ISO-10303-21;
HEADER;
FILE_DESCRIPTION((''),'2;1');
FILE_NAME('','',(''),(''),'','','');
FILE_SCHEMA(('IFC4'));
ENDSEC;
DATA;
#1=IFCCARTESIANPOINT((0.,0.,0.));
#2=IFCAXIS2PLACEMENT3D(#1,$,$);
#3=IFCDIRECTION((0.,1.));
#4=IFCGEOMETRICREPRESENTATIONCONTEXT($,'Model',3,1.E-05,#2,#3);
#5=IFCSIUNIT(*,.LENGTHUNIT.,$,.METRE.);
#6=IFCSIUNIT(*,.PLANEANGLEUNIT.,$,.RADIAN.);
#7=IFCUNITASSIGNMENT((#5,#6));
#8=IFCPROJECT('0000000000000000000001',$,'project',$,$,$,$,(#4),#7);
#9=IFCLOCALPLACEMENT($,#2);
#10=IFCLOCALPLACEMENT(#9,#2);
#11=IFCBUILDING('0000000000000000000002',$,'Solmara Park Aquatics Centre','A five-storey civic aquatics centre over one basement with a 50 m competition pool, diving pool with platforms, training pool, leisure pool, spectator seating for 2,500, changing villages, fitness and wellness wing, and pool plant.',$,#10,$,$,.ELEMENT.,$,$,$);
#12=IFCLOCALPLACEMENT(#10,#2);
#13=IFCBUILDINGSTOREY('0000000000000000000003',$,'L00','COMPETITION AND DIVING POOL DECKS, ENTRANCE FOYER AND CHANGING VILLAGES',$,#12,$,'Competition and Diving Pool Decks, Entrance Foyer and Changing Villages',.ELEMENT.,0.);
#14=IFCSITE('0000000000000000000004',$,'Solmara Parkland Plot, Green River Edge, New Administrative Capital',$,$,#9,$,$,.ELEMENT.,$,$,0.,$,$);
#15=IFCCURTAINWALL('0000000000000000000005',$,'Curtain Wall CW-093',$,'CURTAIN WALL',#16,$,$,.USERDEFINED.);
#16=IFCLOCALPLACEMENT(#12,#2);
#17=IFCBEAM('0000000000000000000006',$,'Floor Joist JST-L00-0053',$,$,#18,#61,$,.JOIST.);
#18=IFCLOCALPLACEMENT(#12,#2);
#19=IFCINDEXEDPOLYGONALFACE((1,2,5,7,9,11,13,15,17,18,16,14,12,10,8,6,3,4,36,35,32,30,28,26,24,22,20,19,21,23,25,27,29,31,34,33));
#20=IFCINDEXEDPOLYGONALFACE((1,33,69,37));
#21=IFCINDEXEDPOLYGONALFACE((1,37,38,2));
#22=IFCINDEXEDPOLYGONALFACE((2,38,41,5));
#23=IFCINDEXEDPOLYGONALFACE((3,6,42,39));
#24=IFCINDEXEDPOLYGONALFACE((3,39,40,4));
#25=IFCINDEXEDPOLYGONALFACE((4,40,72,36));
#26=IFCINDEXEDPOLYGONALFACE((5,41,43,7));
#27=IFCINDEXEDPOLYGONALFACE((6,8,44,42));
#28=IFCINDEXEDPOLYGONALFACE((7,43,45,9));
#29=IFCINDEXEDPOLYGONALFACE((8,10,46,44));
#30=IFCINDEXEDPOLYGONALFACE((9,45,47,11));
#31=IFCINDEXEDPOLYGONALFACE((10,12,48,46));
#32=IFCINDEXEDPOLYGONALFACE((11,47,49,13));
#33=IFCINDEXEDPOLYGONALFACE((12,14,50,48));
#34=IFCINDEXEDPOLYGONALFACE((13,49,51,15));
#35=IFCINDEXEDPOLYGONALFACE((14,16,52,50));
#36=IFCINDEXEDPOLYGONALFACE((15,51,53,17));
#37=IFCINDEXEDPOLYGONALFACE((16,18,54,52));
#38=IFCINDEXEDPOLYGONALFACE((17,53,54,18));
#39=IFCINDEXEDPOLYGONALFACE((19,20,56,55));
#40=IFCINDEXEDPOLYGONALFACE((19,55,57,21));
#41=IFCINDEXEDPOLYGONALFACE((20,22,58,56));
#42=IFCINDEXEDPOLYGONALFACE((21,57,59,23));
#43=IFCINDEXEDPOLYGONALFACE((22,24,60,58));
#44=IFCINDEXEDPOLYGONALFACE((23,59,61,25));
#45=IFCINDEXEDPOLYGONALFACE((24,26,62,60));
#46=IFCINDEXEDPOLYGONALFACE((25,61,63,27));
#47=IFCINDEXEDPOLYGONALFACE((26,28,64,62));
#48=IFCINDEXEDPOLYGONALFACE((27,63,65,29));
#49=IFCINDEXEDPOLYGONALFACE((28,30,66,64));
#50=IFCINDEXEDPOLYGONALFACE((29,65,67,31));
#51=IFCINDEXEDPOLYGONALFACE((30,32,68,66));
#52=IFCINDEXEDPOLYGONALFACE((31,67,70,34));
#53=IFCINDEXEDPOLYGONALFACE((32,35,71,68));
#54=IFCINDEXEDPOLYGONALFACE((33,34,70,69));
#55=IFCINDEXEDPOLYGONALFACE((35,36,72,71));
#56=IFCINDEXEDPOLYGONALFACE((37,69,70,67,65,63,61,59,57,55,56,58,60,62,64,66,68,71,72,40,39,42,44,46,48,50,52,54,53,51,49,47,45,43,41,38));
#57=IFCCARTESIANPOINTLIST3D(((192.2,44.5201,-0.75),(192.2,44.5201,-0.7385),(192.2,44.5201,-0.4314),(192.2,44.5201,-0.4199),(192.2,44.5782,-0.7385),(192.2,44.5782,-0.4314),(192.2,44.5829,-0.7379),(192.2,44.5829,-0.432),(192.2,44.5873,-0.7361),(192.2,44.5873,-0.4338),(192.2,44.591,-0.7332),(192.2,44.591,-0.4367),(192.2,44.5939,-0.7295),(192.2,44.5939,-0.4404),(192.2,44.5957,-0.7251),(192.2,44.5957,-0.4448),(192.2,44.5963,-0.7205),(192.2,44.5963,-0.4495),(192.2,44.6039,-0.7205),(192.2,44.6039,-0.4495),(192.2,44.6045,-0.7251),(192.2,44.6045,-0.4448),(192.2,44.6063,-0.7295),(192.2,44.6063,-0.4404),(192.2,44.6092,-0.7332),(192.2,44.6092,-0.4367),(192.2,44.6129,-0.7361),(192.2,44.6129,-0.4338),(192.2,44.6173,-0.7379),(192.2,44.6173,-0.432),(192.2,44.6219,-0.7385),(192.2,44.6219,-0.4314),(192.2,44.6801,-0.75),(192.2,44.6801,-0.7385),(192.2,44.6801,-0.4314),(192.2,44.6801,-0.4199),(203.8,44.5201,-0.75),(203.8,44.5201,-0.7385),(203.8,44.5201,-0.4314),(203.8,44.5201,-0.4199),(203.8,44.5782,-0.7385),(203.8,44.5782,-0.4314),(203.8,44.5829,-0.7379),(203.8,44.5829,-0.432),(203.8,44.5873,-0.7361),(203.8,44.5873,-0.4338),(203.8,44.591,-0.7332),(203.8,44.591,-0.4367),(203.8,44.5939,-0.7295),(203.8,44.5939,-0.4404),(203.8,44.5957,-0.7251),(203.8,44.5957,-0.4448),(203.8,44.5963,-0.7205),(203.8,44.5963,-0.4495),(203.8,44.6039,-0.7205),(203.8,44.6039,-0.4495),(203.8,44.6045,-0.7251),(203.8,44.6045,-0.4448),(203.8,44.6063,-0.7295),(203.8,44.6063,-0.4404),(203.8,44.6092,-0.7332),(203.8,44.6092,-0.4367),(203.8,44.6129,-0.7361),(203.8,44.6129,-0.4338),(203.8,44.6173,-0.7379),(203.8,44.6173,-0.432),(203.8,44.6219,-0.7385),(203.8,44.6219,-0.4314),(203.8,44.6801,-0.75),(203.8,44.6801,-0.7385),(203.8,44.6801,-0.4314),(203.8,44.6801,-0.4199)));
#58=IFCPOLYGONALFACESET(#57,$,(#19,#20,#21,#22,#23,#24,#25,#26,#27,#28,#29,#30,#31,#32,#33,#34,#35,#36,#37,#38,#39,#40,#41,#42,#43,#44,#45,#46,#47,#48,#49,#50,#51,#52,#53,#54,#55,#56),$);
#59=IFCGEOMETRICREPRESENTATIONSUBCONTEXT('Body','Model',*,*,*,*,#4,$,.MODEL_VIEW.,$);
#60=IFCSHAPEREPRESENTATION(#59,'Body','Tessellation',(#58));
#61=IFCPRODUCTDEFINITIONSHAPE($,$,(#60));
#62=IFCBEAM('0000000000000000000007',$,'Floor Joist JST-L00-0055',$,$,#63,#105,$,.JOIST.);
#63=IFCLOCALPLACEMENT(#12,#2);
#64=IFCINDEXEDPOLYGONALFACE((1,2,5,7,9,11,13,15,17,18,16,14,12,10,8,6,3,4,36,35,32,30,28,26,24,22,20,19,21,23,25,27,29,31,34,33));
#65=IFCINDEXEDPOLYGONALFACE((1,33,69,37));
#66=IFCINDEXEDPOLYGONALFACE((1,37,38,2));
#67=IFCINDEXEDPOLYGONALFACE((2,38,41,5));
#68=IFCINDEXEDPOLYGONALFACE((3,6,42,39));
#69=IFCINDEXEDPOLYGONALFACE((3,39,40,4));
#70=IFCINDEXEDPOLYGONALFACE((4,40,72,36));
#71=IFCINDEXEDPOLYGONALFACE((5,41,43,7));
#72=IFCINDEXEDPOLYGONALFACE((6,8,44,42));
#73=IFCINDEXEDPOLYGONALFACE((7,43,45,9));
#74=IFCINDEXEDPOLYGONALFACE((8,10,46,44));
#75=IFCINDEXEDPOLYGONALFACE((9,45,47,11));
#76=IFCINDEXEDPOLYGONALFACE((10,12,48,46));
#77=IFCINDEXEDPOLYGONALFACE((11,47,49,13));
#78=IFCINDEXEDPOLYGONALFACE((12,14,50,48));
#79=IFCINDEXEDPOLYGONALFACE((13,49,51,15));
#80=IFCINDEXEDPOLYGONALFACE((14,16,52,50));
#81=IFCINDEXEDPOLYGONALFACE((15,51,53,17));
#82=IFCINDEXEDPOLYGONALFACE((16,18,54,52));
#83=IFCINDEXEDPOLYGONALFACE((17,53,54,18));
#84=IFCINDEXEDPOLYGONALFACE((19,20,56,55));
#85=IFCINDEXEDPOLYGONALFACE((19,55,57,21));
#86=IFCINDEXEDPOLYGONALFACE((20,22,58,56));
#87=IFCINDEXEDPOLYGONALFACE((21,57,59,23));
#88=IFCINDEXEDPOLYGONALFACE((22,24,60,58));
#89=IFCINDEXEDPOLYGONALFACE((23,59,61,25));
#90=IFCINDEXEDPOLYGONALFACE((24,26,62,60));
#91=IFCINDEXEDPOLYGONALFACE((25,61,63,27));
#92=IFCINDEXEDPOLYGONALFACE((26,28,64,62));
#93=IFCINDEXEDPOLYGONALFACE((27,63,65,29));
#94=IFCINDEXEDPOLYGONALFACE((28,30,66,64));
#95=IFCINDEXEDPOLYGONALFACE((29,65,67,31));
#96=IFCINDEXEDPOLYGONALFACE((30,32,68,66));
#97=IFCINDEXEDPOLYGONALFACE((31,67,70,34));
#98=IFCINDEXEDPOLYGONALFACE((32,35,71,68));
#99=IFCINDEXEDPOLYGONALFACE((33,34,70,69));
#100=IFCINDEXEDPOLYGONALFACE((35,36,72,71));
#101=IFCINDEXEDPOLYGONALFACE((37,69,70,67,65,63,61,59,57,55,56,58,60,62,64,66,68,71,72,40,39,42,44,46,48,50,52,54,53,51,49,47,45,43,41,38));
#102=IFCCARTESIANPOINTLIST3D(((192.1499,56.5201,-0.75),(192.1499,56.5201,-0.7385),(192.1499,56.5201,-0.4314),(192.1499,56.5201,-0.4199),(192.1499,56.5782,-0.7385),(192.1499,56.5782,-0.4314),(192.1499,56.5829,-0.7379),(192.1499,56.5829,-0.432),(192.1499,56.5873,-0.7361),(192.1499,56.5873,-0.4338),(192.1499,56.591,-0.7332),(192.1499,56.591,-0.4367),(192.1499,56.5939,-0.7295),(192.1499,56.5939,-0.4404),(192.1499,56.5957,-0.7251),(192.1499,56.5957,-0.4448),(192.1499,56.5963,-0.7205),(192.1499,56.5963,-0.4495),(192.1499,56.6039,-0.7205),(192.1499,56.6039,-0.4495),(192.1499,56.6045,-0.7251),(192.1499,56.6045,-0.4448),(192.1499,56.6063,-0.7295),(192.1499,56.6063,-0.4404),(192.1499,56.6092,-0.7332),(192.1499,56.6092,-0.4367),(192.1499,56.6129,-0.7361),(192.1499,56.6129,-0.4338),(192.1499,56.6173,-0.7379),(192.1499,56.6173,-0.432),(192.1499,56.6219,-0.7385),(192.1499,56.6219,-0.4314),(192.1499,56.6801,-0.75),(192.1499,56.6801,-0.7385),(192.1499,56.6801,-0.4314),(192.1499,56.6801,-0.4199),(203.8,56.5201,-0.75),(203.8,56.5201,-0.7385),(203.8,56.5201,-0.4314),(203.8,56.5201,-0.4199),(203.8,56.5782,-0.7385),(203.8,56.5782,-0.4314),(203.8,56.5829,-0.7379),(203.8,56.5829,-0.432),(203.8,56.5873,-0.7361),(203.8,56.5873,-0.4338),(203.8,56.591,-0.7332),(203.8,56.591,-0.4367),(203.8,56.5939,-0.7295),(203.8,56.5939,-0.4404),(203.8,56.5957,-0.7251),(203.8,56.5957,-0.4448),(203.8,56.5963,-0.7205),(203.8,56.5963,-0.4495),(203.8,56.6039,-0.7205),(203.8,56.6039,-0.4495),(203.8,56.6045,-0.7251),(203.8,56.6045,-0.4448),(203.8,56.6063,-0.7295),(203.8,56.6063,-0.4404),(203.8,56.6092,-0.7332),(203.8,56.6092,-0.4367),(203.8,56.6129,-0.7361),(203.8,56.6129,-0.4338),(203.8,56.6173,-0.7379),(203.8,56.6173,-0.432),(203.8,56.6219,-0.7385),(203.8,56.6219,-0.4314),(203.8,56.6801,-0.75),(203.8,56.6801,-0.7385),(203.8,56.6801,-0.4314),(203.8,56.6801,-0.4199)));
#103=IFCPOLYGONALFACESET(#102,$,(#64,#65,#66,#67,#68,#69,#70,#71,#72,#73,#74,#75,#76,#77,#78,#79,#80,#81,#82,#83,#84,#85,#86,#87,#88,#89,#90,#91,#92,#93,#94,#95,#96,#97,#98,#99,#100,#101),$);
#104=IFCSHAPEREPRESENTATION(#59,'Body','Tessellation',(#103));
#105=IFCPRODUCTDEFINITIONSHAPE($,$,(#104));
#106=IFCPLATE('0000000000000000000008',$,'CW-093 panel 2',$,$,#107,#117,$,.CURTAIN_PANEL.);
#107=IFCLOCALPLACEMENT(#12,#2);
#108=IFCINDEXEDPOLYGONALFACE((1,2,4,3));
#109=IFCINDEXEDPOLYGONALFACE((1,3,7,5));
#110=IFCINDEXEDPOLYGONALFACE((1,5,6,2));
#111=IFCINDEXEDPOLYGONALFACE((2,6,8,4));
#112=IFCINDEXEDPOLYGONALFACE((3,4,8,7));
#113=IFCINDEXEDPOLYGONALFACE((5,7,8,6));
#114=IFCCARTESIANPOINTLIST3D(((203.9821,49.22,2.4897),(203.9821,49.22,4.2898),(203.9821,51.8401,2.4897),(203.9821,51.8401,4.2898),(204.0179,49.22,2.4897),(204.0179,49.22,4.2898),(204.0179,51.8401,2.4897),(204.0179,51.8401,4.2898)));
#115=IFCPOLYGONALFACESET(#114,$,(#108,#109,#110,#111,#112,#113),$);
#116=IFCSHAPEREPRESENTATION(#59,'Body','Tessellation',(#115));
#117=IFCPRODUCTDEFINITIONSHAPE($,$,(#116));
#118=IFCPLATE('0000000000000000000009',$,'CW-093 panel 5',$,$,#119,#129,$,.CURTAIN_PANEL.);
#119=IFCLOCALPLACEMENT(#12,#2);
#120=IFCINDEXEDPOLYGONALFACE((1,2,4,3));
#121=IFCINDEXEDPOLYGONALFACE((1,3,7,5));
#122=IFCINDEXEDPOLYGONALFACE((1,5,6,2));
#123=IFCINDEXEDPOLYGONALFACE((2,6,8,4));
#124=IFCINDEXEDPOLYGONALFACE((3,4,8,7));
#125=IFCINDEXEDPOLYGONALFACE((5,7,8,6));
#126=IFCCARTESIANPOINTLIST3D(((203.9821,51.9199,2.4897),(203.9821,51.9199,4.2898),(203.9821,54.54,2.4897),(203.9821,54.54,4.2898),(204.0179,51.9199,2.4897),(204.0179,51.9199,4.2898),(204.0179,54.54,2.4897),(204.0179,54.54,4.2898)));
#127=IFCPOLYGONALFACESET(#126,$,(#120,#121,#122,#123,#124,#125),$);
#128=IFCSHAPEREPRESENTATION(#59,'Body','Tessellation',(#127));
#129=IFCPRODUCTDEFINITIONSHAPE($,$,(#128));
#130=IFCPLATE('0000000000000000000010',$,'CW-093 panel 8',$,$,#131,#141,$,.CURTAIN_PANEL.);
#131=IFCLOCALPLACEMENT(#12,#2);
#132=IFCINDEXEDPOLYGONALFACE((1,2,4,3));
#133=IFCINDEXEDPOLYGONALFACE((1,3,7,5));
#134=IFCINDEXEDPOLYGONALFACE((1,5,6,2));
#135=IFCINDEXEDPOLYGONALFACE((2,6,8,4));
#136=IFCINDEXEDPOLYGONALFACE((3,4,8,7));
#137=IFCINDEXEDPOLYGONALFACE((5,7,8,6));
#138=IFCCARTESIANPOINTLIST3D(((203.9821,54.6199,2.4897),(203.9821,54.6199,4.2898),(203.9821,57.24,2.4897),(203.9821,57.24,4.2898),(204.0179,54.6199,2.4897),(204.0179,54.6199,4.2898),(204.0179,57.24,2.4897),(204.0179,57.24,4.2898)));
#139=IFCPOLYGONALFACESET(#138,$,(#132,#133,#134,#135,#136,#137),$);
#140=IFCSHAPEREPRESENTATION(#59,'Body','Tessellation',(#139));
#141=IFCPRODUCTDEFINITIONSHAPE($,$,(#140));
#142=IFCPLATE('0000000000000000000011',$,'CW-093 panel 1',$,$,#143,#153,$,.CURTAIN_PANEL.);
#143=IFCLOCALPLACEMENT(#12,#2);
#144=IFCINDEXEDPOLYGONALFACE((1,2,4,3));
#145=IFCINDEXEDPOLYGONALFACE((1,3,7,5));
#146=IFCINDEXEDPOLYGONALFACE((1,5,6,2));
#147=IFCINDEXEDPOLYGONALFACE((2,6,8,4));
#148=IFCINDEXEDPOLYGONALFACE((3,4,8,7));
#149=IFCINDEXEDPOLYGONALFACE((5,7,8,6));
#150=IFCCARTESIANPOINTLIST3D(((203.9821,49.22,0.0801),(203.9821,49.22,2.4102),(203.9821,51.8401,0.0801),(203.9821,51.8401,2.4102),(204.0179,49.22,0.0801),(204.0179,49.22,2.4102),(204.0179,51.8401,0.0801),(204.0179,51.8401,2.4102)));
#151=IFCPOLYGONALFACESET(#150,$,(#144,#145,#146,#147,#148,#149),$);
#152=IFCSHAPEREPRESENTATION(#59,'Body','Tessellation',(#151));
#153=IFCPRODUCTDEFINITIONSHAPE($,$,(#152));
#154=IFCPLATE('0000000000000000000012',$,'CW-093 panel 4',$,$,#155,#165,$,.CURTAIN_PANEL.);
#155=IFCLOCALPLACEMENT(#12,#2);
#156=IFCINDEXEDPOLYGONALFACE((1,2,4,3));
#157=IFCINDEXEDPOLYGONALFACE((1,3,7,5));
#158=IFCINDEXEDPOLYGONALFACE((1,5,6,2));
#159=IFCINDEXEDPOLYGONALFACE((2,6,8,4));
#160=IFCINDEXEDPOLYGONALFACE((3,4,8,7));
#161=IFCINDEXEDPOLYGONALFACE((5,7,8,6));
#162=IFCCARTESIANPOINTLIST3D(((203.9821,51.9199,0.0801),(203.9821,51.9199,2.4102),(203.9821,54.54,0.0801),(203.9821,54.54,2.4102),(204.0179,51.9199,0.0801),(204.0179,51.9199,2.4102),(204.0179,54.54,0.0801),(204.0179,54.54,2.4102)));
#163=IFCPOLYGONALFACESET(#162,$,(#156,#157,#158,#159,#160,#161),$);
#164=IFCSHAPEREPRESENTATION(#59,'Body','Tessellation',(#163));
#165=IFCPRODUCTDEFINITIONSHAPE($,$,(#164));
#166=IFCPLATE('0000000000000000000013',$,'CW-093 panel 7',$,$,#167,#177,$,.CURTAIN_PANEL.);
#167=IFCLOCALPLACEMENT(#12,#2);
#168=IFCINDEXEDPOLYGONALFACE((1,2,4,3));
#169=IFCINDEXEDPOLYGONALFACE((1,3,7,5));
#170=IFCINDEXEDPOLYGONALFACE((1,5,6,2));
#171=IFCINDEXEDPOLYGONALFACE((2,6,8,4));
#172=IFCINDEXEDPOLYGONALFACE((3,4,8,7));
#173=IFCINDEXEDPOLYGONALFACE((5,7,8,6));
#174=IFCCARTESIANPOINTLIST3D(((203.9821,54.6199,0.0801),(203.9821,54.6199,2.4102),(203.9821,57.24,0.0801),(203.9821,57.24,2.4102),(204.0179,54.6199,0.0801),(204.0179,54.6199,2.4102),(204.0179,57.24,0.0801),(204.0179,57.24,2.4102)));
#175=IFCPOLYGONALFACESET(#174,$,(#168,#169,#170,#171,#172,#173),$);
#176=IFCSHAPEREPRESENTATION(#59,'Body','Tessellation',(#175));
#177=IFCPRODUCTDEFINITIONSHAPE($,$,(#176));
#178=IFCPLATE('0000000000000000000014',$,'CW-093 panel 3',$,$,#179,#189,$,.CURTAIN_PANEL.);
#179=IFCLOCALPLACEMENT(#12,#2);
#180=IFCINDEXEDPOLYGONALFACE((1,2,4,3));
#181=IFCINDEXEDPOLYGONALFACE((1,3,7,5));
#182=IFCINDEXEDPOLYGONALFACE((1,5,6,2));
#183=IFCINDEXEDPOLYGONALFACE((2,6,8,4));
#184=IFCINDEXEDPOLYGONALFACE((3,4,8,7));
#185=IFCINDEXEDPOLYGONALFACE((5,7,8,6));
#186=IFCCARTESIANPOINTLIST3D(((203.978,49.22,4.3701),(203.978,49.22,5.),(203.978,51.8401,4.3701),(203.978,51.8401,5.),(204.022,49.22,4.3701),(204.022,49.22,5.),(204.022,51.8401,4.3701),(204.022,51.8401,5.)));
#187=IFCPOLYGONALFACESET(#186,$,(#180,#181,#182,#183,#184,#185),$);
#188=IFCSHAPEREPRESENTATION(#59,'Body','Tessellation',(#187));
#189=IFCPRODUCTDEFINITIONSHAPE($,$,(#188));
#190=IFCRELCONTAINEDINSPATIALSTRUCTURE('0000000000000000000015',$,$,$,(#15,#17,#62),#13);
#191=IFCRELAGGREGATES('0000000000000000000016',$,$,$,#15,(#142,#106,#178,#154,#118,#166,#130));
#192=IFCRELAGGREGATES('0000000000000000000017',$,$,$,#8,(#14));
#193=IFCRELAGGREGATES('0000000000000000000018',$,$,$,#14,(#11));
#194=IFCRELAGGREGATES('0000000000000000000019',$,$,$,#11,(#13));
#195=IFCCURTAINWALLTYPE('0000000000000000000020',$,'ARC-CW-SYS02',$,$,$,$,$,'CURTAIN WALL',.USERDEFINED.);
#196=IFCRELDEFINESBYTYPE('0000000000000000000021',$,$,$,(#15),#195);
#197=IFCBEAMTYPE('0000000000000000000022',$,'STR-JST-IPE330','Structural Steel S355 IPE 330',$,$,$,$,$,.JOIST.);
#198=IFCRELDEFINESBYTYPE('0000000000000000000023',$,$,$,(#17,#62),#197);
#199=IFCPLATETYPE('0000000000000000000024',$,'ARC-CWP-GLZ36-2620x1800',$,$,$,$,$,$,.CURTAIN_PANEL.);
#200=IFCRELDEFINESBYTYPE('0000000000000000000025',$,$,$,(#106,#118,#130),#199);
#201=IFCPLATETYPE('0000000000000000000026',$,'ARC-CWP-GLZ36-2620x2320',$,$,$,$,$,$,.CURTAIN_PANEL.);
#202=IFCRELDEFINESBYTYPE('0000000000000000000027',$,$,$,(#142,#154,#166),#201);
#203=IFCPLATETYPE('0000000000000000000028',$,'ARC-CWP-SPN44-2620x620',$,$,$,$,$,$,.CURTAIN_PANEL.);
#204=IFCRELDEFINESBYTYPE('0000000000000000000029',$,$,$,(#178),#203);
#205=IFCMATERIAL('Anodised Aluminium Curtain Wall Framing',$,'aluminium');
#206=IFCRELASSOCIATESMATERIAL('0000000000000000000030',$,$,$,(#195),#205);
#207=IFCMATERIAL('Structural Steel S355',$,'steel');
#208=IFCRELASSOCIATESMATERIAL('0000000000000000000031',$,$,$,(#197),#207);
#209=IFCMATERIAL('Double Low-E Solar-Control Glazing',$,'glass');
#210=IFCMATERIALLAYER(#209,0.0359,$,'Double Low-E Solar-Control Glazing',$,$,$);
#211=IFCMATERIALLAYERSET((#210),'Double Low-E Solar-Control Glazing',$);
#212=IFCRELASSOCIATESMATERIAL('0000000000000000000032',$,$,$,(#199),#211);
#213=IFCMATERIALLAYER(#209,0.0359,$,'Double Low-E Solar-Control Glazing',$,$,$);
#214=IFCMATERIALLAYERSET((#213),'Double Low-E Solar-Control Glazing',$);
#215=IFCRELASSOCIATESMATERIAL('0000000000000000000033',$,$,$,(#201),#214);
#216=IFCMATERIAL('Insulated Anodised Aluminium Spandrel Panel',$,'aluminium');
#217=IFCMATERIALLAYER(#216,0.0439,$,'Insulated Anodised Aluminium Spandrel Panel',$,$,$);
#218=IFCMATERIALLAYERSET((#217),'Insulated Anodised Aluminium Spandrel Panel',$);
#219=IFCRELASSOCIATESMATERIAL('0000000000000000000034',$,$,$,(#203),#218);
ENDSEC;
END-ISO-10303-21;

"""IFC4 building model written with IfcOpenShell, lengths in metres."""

from ifc_helpers import new_model, si_unit, direction, frame, origin, origin_2d, place, context, subcontext, project, spatial, rectangle, i_section, extrude, material, layer, layer_set, material_profile, profile_set, type_object, element, aggregate, save


model = new_model("IFC4")

# Units and contexts
model_context = context("Model", 3, precision=1e-05, world=origin(), true_north=direction((0.0, 1.0)))
body_context = subcontext(model_context, "Body", "Model", "MODEL_VIEW")
ifc_project = project(units=[si_unit("LENGTHUNIT", "METRE"), si_unit("PLANEANGLEUNIT", "RADIAN")], contexts=[model_context])

# Site, building, storey
site_placement = place(None, origin())
site = spatial("IfcSite", under=ifc_project, at=site_placement, Name="Solmara Parkland Plot, Green River Edge, New Administrative Capital", CompositionType="ELEMENT", RefElevation=0.0)
building_placement = place(site_placement, origin())
building = spatial("IfcBuilding", under=site, at=building_placement, Name="Solmara Park Aquatics Centre", Description="A five-storey civic aquatics centre over one basement with a 50 m competition pool, diving pool with platforms, training pool, leisure pool, spectator seating for 2,500, changing villages, fitness and wellness wing, and pool plant.", CompositionType="ELEMENT")
storey_placement = place(building_placement, origin())
storey = spatial("IfcBuildingStorey", under=building, at=storey_placement, Name="L00", Description="COMPETITION AND DIVING POOL DECKS, ENTRANCE FOYER AND CHANGING VILLAGES", LongName="Competition and Diving Pool Decks, Entrance Foyer and Changing Villages", CompositionType="ELEMENT", Elevation=0.0)

# Curtain wall
ifc_material_1 = material(Name="Anodised Aluminium Curtain Wall Framing", Category="aluminium")
curtain_wall_type = type_object("IfcCurtainWallType", Name="ARC-CW-SYS02", ElementType="CURTAIN WALL", PredefinedType="USERDEFINED", material=ifc_material_1)
curtain_wall_placement = place(storey_placement, origin())
curtain_wall = element("IfcCurtainWall", 1, at=curtain_wall_placement, inside=storey, type_object=curtain_wall_type, Name="Curtain Wall CW-093", ObjectType="CURTAIN WALL", PredefinedType="USERDEFINED")

# Beams
ifc_material_2 = material(Name="Structural Steel S355", Category="steel")
ifc_material_profile_1 = material_profile(ifc_material_2, i_section(OverallWidth=0.1599, OverallDepth=0.3301, WebThickness=0.0076, FlangeThickness=0.0115, FilletRadius=0.0181, at=origin_2d()), Name="IPE 330")
ifc_profile_set_1 = profile_set([ifc_material_profile_1], Name="Structural Steel S355")
beam_type_1 = type_object("IfcBeamType", Name="STR-JST-IPE330", Description="Structural Steel S355 IPE 330", PredefinedType="JOIST", material=ifc_profile_set_1)
beam_1_placement = place(storey_placement, frame((192.2, 44.6001, -0.585), z_axis=(1.0, 0.0, 0.0), x_axis=(0.0, 1.0, 0.0)))
element("IfcBeam", 2, at=beam_1_placement, inside=storey, type_object=beam_type_1, Name="Floor Joist JST-L00-0053", PredefinedType="JOIST", context=body_context, shape_type="SweptSolid", body=[
    extrude(i_section(OverallWidth=0.1599, OverallDepth=0.3301, WebThickness=0.0076, FlangeThickness=0.0115, FilletRadius=0.0181, at=origin_2d()), origin(), (0.0, 0.0, 1.0), 11.6001),
])
beam_2_placement = place(storey_placement, frame((192.1499, 56.6001, -0.585), z_axis=(1.0, 0.0, 0.0), x_axis=(0.0, 1.0, 0.0)))
element("IfcBeam", 3, at=beam_2_placement, inside=storey, type_object=beam_type_1, Name="Floor Joist JST-L00-0055", PredefinedType="JOIST", context=body_context, shape_type="SweptSolid", body=[
    extrude(i_section(OverallWidth=0.1599, OverallDepth=0.3301, WebThickness=0.0076, FlangeThickness=0.0115, FilletRadius=0.0181, at=origin_2d()), origin(), (0.0, 0.0, 1.0), 11.6501),
])

# Plates
ifc_material_3 = material(Name="Double Low-E Solar-Control Glazing", Category="glass")
ifc_layer_1 = layer(ifc_material_3, 0.0359, Name="Double Low-E Solar-Control Glazing")
ifc_layer_set_1 = layer_set([ifc_layer_1], Name="Double Low-E Solar-Control Glazing")
plate_type_1 = type_object("IfcPlateType", Name="ARC-CWP-GLZ36-2620x1800", PredefinedType="CURTAIN_PANEL", material=ifc_layer_set_1)
plate_1_placement = place(storey_placement, frame((204.0, 50.53, 2.4897), z_axis=(0.0, 0.0, 1.0), x_axis=(0.0, 1.0, 0.0)))
plate_1 = element("IfcPlate", 4, at=plate_1_placement, type_object=plate_type_1, Name="CW-093 panel 2", PredefinedType="CURTAIN_PANEL", context=body_context, shape_type="SweptSolid", body=[
    extrude(rectangle(XDim=2.6201, YDim=0.0359, at=origin_2d()), origin(), (0.0, 0.0, 1.0), 1.8),
])
plate_2_placement = place(storey_placement, frame((204.0, 53.23, 2.4897), z_axis=(0.0, 0.0, 1.0), x_axis=(0.0, 1.0, 0.0)))
plate_2 = element("IfcPlate", 5, at=plate_2_placement, type_object=plate_type_1, Name="CW-093 panel 5", PredefinedType="CURTAIN_PANEL", context=body_context, shape_type="SweptSolid", body=[
    extrude(rectangle(XDim=2.6201, YDim=0.0359, at=origin_2d()), origin(), (0.0, 0.0, 1.0), 1.8),
])
plate_3_placement = place(storey_placement, frame((204.0, 55.9299, 2.4897), z_axis=(0.0, 0.0, 1.0), x_axis=(0.0, 1.0, 0.0)))
plate_3 = element("IfcPlate", 6, at=plate_3_placement, type_object=plate_type_1, Name="CW-093 panel 8", PredefinedType="CURTAIN_PANEL", context=body_context, shape_type="SweptSolid", body=[
    extrude(rectangle(XDim=2.6201, YDim=0.0359, at=origin_2d()), origin(), (0.0, 0.0, 1.0), 1.8),
])
ifc_layer_2 = layer(ifc_material_3, 0.0359, Name="Double Low-E Solar-Control Glazing")
ifc_layer_set_2 = layer_set([ifc_layer_2], Name="Double Low-E Solar-Control Glazing")
plate_type_2 = type_object("IfcPlateType", Name="ARC-CWP-GLZ36-2620x2320", PredefinedType="CURTAIN_PANEL", material=ifc_layer_set_2)
plate_4_placement = place(storey_placement, frame((204.0, 50.53, 0.0801), z_axis=(0.0, 0.0, 1.0), x_axis=(0.0, 1.0, 0.0)))
plate_4 = element("IfcPlate", 7, at=plate_4_placement, type_object=plate_type_2, Name="CW-093 panel 1", PredefinedType="CURTAIN_PANEL", context=body_context, shape_type="SweptSolid", body=[
    extrude(rectangle(XDim=2.6201, YDim=0.0359, at=origin_2d()), origin(), (0.0, 0.0, 1.0), 2.3301),
])
plate_5_placement = place(storey_placement, frame((204.0, 53.23, 0.0801), z_axis=(0.0, 0.0, 1.0), x_axis=(0.0, 1.0, 0.0)))
plate_5 = element("IfcPlate", 8, at=plate_5_placement, type_object=plate_type_2, Name="CW-093 panel 4", PredefinedType="CURTAIN_PANEL", context=body_context, shape_type="SweptSolid", body=[
    extrude(rectangle(XDim=2.6201, YDim=0.0359, at=origin_2d()), origin(), (0.0, 0.0, 1.0), 2.3301),
])
plate_6_placement = place(storey_placement, frame((204.0, 55.9299, 0.0801), z_axis=(0.0, 0.0, 1.0), x_axis=(0.0, 1.0, 0.0)))
plate_6 = element("IfcPlate", 9, at=plate_6_placement, type_object=plate_type_2, Name="CW-093 panel 7", PredefinedType="CURTAIN_PANEL", context=body_context, shape_type="SweptSolid", body=[
    extrude(rectangle(XDim=2.6201, YDim=0.0359, at=origin_2d()), origin(), (0.0, 0.0, 1.0), 2.3301),
])
ifc_material_4 = material(Name="Insulated Anodised Aluminium Spandrel Panel", Category="aluminium")
ifc_layer_3 = layer(ifc_material_4, 0.0439, Name="Insulated Anodised Aluminium Spandrel Panel")
ifc_layer_set_3 = layer_set([ifc_layer_3], Name="Insulated Anodised Aluminium Spandrel Panel")
plate_type_3 = type_object("IfcPlateType", Name="ARC-CWP-SPN44-2620x620", PredefinedType="CURTAIN_PANEL", material=ifc_layer_set_3)
plate_7_placement = place(storey_placement, frame((204.0, 50.53, 4.3701), z_axis=(0.0, 0.0, 1.0), x_axis=(0.0, 1.0, 0.0)))
plate_7 = element("IfcPlate", 10, at=plate_7_placement, type_object=plate_type_3, Name="CW-093 panel 3", PredefinedType="CURTAIN_PANEL", context=body_context, shape_type="SweptSolid", body=[
    extrude(rectangle(XDim=2.6201, YDim=0.0439, at=origin_2d()), origin(), (0.0, 0.0, 1.0), 0.6299),
])
aggregate(curtain_wall, [plate_4, plate_1, plate_7, plate_5, plate_2, plate_6, plate_3])

save(model, "model.ifc")
